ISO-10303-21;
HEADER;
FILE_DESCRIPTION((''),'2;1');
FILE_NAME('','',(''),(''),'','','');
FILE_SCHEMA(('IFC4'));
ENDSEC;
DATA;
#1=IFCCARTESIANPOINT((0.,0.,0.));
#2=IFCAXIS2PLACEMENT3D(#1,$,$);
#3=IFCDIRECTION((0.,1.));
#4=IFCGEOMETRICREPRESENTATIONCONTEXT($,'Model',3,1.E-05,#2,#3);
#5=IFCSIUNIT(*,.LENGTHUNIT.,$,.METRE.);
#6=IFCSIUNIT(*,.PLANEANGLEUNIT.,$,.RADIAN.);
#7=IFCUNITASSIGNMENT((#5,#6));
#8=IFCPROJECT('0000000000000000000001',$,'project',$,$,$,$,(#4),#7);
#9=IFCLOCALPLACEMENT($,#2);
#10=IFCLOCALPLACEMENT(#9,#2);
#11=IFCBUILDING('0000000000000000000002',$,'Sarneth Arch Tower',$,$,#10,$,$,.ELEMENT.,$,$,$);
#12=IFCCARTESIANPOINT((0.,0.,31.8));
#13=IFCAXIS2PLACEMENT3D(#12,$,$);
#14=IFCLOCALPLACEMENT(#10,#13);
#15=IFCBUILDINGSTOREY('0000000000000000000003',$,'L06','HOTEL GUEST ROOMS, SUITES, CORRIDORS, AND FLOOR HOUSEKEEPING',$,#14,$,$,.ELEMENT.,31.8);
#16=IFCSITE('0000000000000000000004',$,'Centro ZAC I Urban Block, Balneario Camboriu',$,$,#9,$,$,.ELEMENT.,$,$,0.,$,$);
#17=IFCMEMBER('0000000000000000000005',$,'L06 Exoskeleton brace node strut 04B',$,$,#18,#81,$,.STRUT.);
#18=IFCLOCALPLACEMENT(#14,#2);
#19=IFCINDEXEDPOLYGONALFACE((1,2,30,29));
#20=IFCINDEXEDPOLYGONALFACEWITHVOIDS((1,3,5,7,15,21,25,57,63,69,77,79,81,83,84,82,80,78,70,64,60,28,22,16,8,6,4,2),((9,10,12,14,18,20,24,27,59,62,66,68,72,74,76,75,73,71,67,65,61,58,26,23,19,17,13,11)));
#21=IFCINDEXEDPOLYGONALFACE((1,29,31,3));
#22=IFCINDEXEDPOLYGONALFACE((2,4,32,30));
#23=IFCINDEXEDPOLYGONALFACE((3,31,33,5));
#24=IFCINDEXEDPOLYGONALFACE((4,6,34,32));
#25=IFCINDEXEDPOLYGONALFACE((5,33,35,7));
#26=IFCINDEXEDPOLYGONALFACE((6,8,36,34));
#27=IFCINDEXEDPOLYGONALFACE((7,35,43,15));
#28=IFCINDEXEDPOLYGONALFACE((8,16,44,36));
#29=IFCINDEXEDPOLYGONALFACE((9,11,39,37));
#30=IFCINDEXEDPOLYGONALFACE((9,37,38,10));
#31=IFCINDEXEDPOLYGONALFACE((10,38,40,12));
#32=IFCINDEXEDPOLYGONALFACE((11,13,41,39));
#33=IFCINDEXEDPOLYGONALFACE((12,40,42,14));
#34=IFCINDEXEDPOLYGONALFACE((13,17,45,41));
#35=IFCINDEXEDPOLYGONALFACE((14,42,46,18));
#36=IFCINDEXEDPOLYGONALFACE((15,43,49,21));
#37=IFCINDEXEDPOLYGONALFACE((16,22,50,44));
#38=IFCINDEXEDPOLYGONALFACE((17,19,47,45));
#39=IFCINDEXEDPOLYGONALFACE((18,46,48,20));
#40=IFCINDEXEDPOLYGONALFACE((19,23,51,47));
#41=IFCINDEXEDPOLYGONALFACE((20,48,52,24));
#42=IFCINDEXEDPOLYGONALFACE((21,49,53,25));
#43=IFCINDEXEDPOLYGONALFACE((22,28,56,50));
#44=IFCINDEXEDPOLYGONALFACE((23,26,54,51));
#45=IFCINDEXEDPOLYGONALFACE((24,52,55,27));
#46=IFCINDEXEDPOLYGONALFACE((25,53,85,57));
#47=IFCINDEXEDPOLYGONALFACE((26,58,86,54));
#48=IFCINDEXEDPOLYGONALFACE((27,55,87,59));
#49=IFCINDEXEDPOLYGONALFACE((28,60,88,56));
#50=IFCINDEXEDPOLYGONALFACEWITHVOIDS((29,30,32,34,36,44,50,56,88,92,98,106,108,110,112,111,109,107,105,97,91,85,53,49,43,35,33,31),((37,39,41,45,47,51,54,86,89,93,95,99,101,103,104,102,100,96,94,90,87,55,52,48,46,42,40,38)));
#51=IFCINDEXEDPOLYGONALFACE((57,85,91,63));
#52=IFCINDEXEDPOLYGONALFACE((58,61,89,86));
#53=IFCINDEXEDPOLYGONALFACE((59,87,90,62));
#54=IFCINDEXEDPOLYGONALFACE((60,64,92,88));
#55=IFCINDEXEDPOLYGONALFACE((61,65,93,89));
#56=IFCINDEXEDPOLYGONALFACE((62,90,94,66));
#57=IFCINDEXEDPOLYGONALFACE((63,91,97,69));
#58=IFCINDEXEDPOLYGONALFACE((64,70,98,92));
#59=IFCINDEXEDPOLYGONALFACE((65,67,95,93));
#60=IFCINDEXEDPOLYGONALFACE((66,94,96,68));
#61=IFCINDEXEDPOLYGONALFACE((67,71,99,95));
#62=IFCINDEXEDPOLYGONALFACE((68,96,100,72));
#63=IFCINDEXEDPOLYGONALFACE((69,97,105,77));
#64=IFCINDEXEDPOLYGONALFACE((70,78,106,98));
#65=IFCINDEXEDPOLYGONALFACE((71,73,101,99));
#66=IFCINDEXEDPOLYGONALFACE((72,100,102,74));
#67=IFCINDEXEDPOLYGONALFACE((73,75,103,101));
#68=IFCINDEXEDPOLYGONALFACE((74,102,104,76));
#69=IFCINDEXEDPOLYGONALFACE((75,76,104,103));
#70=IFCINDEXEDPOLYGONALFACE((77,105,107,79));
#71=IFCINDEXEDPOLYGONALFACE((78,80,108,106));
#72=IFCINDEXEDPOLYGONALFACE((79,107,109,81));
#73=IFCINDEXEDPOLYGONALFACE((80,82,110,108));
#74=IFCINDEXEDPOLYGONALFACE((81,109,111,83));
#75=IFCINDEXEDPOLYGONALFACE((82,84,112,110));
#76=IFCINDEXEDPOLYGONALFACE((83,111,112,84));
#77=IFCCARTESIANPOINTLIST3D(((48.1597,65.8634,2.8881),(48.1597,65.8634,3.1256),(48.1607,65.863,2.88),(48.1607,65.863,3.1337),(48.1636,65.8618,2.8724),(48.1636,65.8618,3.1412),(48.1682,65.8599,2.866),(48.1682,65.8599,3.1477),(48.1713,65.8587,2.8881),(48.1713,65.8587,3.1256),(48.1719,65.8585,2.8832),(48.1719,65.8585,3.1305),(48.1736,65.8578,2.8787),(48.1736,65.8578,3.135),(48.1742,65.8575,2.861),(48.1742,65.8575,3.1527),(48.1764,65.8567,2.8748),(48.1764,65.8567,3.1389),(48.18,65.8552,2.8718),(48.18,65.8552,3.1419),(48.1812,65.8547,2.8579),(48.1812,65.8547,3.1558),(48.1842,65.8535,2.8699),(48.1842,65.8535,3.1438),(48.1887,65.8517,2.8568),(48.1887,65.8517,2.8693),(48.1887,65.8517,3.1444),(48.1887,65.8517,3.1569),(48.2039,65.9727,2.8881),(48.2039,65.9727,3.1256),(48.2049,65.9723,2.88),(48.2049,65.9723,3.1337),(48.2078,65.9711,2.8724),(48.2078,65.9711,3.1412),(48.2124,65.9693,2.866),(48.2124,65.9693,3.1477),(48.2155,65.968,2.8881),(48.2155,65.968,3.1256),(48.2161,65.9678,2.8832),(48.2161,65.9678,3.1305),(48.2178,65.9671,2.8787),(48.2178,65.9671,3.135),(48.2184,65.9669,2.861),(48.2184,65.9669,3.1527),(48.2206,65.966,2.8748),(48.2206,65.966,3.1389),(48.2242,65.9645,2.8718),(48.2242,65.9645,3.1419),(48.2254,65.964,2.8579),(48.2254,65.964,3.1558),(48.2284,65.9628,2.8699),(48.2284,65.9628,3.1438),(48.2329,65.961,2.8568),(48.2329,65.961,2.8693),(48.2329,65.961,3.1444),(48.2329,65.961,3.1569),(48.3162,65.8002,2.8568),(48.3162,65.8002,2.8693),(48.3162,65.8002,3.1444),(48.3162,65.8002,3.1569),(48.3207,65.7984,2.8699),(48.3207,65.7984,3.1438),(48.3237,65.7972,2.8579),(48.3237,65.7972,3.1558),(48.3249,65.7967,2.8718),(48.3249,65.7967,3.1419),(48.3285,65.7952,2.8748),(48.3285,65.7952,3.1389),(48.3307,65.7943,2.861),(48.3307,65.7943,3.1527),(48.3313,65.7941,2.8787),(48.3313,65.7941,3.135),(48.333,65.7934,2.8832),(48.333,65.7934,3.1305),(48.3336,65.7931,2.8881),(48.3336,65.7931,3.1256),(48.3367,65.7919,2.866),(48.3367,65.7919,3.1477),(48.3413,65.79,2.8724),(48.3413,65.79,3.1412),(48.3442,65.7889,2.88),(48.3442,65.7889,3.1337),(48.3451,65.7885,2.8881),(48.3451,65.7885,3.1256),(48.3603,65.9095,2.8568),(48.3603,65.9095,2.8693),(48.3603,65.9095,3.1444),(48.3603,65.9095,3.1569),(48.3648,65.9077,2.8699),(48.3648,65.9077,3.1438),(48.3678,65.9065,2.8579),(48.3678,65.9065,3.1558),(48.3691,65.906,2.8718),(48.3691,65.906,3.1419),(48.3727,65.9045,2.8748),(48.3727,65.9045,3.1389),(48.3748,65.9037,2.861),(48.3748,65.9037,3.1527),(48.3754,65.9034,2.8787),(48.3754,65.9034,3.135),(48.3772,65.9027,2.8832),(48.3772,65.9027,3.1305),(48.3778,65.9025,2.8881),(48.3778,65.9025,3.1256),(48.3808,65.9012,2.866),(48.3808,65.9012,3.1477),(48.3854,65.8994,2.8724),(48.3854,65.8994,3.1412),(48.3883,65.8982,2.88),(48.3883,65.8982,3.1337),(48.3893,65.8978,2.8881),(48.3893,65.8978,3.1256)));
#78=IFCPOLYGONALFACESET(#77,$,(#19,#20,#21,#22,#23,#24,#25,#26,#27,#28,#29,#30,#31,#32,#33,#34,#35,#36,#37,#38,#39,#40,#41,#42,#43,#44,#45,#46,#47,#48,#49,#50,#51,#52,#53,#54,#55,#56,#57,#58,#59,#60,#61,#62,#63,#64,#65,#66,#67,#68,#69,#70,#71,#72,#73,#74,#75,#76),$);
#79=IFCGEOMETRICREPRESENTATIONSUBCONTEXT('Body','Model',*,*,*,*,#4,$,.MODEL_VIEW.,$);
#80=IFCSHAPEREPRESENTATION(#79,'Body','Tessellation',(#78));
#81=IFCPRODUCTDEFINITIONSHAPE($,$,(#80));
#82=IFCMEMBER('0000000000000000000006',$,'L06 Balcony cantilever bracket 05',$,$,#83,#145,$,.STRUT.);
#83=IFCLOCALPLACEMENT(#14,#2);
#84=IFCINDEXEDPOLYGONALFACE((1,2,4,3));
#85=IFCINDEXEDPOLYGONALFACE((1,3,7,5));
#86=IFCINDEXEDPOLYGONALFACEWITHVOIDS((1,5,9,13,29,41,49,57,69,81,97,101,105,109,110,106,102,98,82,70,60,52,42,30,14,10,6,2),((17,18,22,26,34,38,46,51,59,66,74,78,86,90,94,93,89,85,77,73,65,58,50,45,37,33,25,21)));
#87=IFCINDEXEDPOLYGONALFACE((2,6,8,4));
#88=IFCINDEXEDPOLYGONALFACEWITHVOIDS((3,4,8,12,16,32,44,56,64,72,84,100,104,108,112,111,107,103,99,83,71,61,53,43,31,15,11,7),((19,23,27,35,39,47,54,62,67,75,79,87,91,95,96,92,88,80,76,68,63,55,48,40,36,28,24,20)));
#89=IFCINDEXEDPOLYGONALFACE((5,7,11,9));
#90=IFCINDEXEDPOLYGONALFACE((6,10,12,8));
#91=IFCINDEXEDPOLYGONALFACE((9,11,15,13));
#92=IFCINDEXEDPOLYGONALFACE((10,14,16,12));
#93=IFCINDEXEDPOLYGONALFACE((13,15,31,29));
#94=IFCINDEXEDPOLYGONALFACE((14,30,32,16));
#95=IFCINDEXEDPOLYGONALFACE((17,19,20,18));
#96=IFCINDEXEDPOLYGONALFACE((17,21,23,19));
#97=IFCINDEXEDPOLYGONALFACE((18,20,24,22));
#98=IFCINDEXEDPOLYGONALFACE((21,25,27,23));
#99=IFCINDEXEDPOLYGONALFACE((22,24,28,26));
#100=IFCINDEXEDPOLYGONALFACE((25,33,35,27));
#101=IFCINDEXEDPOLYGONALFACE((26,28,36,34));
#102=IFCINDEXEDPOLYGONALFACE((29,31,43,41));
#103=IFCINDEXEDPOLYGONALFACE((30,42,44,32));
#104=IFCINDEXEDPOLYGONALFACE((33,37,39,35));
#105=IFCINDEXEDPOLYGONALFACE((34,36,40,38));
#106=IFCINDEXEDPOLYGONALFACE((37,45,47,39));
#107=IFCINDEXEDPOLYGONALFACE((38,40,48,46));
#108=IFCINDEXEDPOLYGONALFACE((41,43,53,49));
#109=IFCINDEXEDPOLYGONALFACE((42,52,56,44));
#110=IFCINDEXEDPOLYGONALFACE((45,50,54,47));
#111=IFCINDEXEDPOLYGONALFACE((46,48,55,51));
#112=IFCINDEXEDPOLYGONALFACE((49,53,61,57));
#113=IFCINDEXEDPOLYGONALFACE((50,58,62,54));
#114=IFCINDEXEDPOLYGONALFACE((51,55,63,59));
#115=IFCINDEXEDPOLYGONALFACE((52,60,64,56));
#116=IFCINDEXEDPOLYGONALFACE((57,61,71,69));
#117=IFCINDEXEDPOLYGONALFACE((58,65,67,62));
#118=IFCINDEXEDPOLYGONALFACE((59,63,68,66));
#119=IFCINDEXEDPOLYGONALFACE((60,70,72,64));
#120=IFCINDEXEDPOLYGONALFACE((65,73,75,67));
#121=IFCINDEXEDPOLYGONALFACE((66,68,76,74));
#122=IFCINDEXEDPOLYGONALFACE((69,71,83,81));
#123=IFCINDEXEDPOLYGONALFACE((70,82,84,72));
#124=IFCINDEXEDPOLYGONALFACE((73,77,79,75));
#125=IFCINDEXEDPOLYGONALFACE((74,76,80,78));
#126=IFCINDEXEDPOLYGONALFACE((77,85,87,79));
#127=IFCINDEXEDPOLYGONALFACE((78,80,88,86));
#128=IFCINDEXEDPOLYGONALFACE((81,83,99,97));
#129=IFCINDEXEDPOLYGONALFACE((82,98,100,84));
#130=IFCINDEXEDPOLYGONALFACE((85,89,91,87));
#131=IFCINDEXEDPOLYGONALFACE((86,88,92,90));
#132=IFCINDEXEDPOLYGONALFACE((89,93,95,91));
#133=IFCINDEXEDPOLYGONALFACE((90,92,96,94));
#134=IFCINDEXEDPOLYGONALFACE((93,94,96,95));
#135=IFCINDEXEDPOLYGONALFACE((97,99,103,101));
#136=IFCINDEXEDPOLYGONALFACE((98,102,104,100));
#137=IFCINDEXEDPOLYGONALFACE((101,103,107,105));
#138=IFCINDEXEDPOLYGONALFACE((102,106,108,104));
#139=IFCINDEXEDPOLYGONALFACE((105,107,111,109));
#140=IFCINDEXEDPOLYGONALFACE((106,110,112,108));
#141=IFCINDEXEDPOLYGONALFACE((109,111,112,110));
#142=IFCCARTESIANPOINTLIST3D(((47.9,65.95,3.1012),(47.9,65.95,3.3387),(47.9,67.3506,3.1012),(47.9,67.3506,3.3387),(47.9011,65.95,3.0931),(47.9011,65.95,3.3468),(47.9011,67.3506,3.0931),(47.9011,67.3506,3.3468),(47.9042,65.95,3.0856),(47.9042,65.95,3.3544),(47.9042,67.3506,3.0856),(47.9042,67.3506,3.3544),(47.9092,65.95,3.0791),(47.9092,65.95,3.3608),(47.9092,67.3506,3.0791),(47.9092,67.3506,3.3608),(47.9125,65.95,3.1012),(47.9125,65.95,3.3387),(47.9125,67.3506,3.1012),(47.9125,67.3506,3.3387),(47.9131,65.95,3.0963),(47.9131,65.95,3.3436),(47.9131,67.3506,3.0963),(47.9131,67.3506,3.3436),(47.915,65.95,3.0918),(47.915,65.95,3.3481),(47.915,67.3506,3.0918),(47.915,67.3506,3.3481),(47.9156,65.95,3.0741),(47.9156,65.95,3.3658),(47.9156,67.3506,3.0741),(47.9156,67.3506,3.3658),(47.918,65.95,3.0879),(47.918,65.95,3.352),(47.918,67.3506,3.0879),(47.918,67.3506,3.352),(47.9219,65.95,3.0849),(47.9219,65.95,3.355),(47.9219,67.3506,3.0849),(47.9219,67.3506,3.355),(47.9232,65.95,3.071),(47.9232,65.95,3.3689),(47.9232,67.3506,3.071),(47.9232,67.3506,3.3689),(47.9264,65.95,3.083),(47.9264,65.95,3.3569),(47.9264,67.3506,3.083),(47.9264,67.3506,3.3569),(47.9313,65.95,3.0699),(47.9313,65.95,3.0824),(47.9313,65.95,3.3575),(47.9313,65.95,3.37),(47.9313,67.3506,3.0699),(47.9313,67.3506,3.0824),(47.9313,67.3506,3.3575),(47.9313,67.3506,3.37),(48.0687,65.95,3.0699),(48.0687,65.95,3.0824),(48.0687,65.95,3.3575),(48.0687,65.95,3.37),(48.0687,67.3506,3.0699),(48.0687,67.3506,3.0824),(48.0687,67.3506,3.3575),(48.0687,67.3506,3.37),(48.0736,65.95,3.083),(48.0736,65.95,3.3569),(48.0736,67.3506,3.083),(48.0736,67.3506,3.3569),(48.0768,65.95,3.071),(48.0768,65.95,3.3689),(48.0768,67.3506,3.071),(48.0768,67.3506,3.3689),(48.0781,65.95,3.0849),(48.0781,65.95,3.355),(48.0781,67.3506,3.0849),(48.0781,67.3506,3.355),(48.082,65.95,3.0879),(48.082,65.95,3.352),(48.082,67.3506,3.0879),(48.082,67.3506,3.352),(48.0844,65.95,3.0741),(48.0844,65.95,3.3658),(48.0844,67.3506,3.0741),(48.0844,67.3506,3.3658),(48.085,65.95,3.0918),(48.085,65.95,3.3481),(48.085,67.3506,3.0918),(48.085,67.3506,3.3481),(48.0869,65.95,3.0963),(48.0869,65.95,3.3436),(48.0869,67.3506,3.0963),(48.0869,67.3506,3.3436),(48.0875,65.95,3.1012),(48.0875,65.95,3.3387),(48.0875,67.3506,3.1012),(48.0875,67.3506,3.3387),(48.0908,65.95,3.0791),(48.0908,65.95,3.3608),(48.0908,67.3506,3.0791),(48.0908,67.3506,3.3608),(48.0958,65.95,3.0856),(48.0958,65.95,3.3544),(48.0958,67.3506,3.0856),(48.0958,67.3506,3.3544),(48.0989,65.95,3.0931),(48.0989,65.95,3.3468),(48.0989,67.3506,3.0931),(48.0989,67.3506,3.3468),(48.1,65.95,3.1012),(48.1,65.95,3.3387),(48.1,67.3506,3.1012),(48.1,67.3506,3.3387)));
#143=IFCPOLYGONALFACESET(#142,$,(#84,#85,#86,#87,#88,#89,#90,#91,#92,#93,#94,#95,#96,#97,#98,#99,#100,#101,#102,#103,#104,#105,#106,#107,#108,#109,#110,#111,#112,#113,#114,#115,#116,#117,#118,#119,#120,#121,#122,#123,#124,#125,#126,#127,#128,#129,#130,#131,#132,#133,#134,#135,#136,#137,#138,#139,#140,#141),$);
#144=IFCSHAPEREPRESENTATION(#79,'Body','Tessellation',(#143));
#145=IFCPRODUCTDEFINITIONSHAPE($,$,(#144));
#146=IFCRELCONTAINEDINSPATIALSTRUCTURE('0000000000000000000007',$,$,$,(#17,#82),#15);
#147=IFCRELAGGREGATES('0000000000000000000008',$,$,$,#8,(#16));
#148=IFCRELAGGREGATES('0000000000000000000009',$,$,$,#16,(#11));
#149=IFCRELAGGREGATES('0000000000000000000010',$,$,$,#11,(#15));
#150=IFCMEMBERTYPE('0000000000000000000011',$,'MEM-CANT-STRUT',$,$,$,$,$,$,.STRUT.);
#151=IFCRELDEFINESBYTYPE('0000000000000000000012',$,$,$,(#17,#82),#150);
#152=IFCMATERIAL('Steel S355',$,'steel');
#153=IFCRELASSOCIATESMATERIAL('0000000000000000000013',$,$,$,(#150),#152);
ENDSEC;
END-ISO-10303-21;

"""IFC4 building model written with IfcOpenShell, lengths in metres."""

from ifc_helpers import new_model, si_unit, direction, frame, origin, origin_2d, place, context, subcontext, project, spatial, hollow_rectangle, extrude, material, material_profile, profile_set, type_object, element, save


model = new_model("IFC4")

# Units and contexts
model_context = context("Model", 3, precision=1e-05, world=origin(), true_north=direction((0.0, 1.0)))
body_context = subcontext(model_context, "Body", "Model", "MODEL_VIEW")
ifc_project = project(units=[si_unit("LENGTHUNIT", "METRE"), si_unit("PLANEANGLEUNIT", "RADIAN")], contexts=[model_context])

# Site, building, storey
site_placement = place(None, origin())
site = spatial("IfcSite", under=ifc_project, at=site_placement, Name="Centro ZAC I Urban Block, Balneario Camboriu", CompositionType="ELEMENT", RefElevation=0.0)
building_placement = place(site_placement, origin())
building = spatial("IfcBuilding", under=site, at=building_placement, Name="Sarneth Arch Tower", CompositionType="ELEMENT")
storey_placement = place(building_placement, frame((0.0, 0.0, 31.8)))
storey = spatial("IfcBuildingStorey", under=building, at=storey_placement, Name="L06", Description="HOTEL GUEST ROOMS, SUITES, CORRIDORS, AND FLOOR HOUSEKEEPING", CompositionType="ELEMENT", Elevation=31.8)

# Members
ifc_material_1 = material(Name="Steel S355", Category="steel")
ifc_material_profile_1 = material_profile(ifc_material_1, hollow_rectangle(XDim=0.2, YDim=0.3, WallThickness=0.0125, InnerFilletRadius=0.0188, OuterFilletRadius=0.0312, at=origin_2d()), Name="RHS300x200x12.5")
ifc_profile_set_1 = profile_set([ifc_material_profile_1], Name="Steel S355")
member_type_1 = type_object("IfcMemberType", Name="MEM-CANT-STRUT", PredefinedType="STRUT", material=ifc_profile_set_1)
member_1_placement = place(storey_placement, frame((48.2524, 65.8259, 3.0068), z_axis=(0.3746, 0.927187, 0.0), x_axis=(-0.927187, 0.3746, 0.0)))
element("IfcMember", 1, at=member_1_placement, inside=storey, type_object=member_type_1, Name="L06 Exoskeleton brace node strut 04B", PredefinedType="STRUT", context=body_context, shape_type="SweptSolid", body=[
    extrude(hollow_rectangle(XDim=0.2, YDim=0.3, WallThickness=0.0125, InnerFilletRadius=0.0188, OuterFilletRadius=0.0312, at=origin_2d()), origin(), (0.0, 0.0, 1.0), 0.1179),
])
member_2_placement = place(storey_placement, frame((48.0, 65.95, 3.22), z_axis=(0.0, 1.0, 0.0), x_axis=(-1.0, 0.0, 0.0)))
element("IfcMember", 2, at=member_2_placement, inside=storey, type_object=member_type_1, Name="L06 Balcony cantilever bracket 05", PredefinedType="STRUT", context=body_context, shape_type="SweptSolid", body=[
    extrude(hollow_rectangle(XDim=0.2, YDim=0.3, WallThickness=0.0125, InnerFilletRadius=0.0188, OuterFilletRadius=0.0312, at=origin_2d()), origin(), (0.0, 0.0, 1.0), 1.4006),
])

save(model, "model.ifc")
